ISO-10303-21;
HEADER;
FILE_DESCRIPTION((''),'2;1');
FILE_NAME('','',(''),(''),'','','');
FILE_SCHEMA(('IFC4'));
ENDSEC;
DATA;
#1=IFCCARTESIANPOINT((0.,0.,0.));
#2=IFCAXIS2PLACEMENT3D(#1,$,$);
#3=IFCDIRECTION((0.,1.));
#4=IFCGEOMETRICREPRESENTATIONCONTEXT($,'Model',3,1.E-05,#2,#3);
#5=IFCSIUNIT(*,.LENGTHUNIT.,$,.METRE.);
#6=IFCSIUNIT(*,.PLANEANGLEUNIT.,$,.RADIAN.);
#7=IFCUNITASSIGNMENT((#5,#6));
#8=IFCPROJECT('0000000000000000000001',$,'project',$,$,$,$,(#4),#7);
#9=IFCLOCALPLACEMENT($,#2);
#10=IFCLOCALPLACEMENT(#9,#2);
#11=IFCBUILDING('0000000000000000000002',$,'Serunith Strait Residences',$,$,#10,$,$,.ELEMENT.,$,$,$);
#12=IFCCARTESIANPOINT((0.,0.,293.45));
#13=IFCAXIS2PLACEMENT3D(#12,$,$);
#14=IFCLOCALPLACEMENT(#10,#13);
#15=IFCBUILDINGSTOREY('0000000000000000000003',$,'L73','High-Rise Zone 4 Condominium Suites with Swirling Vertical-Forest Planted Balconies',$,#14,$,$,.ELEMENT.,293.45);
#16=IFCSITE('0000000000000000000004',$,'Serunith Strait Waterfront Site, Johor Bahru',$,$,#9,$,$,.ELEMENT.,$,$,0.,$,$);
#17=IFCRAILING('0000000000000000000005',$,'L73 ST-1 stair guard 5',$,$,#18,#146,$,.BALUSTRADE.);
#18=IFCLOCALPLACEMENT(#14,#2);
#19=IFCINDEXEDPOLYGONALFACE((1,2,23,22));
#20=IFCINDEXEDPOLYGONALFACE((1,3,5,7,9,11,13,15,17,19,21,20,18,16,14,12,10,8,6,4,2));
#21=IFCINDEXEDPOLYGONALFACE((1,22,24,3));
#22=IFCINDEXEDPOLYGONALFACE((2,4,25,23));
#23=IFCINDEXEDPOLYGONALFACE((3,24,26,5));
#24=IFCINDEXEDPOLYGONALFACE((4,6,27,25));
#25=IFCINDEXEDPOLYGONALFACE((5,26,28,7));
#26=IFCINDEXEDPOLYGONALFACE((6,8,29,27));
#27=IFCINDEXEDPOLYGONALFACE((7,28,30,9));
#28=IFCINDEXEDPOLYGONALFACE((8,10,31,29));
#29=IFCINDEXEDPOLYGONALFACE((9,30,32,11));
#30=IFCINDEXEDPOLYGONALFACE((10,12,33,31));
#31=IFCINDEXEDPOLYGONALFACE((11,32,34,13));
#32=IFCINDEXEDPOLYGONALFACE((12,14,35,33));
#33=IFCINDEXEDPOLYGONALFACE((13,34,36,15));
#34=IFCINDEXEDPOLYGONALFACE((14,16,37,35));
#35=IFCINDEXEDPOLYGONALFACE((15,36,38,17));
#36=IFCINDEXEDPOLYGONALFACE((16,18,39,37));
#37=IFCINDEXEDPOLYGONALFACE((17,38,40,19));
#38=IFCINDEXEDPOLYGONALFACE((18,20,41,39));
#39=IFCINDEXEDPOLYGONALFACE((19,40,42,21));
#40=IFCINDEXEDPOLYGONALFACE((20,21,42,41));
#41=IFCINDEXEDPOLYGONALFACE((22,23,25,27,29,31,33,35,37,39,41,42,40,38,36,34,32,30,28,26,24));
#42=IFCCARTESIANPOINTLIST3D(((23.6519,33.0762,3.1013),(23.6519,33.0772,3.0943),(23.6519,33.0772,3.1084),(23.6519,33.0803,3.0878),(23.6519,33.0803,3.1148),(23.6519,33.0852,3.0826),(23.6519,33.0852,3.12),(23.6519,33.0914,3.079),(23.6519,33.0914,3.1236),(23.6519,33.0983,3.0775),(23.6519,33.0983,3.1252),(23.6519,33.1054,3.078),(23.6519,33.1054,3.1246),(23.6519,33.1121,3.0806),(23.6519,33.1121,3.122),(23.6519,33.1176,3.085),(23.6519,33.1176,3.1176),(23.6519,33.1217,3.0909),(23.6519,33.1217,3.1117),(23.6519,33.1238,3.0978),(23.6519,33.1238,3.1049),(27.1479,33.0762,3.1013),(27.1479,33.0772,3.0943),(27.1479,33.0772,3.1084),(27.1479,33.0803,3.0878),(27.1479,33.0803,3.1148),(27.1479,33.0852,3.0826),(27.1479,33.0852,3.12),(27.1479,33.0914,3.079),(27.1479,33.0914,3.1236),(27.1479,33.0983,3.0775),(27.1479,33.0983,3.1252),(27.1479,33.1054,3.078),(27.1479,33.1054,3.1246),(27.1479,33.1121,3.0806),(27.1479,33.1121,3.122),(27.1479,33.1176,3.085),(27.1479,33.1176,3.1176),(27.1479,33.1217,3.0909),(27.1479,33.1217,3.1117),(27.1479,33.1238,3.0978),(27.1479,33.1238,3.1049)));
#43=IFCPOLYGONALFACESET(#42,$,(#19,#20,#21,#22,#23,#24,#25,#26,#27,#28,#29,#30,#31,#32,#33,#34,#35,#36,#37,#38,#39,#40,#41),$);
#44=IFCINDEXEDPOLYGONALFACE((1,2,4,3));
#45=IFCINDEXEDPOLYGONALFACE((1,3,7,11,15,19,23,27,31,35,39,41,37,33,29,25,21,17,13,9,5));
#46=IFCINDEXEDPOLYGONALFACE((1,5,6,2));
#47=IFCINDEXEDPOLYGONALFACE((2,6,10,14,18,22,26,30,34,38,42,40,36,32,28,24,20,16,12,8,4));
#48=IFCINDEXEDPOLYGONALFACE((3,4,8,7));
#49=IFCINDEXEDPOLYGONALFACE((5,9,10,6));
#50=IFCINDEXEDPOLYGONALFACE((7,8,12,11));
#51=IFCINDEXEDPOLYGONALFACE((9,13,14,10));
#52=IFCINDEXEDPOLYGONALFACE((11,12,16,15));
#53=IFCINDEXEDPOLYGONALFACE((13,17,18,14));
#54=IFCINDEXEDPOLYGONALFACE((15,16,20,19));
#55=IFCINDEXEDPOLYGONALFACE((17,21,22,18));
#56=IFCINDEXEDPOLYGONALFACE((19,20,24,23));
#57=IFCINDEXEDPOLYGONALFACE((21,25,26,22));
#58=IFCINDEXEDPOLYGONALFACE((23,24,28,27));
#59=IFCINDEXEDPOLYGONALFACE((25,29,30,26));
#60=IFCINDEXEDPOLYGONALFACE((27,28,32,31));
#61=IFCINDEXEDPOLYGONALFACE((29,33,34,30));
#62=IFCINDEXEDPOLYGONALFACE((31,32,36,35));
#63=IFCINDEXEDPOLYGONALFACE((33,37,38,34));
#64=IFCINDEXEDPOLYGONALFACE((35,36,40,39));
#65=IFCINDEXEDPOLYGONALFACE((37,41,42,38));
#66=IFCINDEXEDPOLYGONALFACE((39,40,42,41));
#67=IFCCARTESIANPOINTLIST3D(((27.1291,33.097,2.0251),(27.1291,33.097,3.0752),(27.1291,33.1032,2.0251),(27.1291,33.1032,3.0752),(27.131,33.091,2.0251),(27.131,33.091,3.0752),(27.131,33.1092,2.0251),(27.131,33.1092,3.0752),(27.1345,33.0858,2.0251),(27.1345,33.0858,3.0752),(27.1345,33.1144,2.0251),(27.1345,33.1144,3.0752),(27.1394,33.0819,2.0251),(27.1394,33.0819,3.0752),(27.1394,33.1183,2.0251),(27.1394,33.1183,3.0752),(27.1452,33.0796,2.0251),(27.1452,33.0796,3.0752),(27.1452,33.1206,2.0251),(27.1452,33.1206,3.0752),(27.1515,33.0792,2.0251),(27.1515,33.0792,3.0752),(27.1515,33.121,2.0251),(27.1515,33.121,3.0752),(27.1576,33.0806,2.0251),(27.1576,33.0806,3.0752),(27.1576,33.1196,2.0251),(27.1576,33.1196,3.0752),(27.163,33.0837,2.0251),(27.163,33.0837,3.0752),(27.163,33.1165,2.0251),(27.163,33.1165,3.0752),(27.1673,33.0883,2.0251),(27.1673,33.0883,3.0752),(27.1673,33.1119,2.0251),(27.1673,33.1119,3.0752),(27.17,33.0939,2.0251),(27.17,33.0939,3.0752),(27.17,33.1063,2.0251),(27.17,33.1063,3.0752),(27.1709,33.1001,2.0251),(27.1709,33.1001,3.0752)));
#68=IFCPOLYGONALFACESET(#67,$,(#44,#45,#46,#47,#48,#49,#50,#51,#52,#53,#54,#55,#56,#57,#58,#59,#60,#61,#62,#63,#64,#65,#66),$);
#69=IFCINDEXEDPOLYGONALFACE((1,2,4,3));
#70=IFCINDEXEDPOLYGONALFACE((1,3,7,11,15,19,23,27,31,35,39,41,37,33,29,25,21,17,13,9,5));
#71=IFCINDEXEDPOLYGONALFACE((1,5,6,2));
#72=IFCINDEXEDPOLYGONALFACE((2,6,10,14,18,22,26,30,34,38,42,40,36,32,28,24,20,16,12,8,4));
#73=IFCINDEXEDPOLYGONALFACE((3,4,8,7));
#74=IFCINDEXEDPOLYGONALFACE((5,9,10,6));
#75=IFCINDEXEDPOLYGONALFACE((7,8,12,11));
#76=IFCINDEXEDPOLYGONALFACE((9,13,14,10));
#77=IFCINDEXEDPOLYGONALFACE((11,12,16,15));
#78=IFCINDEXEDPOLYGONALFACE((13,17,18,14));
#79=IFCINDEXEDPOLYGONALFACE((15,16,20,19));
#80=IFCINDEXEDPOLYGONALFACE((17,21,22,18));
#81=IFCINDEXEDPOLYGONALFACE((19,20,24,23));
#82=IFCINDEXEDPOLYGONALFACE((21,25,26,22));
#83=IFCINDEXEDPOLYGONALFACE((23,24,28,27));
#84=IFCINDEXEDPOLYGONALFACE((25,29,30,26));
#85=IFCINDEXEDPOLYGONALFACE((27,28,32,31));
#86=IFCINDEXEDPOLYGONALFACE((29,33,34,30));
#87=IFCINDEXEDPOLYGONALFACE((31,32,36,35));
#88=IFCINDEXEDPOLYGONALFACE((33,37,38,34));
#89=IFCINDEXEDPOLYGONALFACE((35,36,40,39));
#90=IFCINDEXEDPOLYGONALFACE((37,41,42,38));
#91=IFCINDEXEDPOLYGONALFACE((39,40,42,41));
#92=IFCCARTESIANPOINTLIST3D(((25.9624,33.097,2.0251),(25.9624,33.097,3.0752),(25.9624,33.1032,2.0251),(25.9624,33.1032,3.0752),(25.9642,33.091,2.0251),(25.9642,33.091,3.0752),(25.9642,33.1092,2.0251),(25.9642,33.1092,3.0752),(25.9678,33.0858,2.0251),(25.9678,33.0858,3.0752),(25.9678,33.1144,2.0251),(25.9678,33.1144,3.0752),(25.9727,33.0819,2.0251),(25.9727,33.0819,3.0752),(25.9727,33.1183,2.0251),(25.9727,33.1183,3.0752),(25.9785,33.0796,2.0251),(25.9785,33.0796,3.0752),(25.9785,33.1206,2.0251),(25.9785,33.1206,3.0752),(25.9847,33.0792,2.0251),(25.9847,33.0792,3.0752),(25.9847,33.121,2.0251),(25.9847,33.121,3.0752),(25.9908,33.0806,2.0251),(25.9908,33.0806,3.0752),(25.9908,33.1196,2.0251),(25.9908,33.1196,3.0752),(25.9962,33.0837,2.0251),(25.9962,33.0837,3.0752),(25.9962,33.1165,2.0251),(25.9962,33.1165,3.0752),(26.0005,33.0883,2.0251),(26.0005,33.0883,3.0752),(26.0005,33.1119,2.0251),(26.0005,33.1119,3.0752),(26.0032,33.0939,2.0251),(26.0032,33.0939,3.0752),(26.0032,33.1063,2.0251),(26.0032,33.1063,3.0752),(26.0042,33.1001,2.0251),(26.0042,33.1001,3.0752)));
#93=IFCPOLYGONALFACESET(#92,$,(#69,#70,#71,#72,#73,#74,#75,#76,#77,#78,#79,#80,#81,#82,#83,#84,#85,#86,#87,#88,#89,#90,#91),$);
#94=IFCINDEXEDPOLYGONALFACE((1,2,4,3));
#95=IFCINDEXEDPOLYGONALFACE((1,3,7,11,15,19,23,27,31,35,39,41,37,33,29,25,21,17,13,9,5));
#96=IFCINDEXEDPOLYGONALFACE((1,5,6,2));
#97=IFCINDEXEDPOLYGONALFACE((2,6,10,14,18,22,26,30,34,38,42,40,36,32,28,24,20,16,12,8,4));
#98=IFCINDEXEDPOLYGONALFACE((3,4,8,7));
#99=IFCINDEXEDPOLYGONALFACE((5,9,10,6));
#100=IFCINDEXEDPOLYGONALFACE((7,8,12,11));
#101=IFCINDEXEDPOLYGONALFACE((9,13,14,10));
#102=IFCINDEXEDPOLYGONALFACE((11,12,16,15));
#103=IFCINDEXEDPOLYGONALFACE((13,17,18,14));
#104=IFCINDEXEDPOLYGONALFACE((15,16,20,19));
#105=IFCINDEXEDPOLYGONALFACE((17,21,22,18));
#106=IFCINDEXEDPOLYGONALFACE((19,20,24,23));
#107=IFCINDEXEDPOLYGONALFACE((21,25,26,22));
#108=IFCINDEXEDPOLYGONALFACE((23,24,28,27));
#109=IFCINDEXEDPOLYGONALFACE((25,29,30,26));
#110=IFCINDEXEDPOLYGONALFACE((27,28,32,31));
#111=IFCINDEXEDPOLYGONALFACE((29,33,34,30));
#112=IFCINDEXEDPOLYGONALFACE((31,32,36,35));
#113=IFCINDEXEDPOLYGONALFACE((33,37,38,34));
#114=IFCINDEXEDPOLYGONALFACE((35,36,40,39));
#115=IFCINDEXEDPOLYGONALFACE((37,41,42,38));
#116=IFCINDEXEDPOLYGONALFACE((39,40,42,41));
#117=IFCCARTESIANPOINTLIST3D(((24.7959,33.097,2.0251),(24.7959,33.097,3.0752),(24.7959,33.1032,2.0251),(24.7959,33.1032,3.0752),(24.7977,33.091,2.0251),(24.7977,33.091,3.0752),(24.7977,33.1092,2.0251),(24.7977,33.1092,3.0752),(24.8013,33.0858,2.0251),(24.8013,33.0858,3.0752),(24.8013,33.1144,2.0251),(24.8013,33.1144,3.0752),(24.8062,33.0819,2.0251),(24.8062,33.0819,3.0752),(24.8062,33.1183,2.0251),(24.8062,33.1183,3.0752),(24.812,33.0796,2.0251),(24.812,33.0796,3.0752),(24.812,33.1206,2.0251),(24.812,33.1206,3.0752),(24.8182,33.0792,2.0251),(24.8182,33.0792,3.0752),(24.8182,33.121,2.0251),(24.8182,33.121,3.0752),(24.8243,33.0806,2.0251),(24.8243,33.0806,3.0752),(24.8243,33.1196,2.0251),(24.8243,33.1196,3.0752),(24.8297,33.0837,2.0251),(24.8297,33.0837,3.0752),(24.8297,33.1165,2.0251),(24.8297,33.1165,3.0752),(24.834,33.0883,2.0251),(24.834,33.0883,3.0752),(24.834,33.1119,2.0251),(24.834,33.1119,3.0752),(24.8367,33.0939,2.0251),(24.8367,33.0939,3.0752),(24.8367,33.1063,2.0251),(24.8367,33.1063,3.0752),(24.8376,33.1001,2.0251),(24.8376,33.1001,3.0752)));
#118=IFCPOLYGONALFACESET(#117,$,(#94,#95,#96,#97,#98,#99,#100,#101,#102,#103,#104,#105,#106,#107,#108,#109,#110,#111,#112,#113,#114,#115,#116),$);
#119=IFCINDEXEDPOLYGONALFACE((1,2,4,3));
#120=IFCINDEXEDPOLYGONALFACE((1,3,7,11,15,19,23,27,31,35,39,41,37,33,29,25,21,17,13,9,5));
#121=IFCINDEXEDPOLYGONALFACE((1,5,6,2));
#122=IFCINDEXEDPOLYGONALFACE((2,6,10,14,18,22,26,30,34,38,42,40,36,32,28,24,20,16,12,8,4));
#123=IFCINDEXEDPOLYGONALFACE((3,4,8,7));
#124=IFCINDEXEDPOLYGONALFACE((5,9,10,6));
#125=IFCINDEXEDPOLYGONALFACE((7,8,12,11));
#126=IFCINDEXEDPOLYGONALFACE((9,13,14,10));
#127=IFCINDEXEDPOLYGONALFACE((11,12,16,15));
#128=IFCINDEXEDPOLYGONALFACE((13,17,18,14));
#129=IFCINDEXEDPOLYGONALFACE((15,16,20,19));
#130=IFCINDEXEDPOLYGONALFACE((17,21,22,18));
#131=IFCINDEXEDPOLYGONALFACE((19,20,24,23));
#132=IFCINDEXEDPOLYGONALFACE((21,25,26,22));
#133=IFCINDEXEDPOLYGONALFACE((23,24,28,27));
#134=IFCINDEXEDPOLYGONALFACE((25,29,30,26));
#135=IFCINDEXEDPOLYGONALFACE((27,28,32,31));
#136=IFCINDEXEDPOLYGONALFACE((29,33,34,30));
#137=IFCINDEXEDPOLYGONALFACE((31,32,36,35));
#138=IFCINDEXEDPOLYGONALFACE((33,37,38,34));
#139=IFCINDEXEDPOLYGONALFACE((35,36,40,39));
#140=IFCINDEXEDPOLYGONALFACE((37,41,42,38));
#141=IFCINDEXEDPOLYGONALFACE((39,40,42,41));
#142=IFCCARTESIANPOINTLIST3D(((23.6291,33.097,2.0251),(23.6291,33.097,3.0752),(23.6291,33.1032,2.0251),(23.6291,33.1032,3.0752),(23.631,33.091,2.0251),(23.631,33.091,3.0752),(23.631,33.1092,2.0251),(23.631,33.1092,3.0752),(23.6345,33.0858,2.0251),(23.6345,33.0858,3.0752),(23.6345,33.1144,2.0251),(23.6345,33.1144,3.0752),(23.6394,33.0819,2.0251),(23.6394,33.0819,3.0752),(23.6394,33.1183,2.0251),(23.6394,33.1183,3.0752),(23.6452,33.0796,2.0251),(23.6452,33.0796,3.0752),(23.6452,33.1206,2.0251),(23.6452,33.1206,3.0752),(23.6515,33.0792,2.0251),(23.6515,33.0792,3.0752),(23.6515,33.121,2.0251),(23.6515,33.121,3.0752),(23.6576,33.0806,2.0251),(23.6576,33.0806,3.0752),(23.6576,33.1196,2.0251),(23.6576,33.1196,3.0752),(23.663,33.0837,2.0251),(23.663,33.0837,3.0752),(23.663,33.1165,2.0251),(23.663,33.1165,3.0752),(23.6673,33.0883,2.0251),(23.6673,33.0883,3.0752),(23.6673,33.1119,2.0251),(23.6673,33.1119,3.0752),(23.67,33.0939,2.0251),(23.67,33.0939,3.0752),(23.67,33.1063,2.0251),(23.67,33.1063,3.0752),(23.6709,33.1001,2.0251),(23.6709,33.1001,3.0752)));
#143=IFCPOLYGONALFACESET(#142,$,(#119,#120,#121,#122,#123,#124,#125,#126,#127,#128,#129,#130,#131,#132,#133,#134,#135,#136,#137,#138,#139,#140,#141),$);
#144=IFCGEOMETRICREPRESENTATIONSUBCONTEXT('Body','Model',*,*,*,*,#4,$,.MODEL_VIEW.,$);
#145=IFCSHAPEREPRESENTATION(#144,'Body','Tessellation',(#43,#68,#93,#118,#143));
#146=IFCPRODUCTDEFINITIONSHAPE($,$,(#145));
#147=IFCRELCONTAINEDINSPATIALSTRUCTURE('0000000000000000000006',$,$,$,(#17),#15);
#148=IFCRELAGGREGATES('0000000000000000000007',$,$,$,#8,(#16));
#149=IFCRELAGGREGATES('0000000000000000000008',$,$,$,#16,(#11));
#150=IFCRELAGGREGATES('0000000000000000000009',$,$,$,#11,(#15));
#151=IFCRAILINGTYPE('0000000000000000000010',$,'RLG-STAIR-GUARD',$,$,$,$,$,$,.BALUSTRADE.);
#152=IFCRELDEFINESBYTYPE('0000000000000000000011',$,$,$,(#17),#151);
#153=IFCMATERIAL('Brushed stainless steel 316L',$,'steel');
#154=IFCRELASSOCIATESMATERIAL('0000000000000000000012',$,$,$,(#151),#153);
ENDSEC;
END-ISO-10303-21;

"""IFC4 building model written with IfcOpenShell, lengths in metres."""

from ifc_helpers import new_model, si_unit, direction, frame, origin, origin_2d, place, context, subcontext, project, spatial, circle, extrude, material, type_object, element, save


model = new_model("IFC4")

# Units and contexts
model_context = context("Model", 3, precision=1e-05, world=origin(), true_north=direction((0.0, 1.0)))
body_context = subcontext(model_context, "Body", "Model", "MODEL_VIEW")
ifc_project = project(units=[si_unit("LENGTHUNIT", "METRE"), si_unit("PLANEANGLEUNIT", "RADIAN")], contexts=[model_context])

# Site, building, storey
site_placement = place(None, origin())
site = spatial("IfcSite", under=ifc_project, at=site_placement, Name="Serunith Strait Waterfront Site, Johor Bahru", CompositionType="ELEMENT", RefElevation=0.0)
building_placement = place(site_placement, origin())
building = spatial("IfcBuilding", under=site, at=building_placement, Name="Serunith Strait Residences", CompositionType="ELEMENT")
storey_placement = place(building_placement, frame((0.0, 0.0, 293.45)))
storey = spatial("IfcBuildingStorey", under=building, at=storey_placement, Name="L73", Description="High-Rise Zone 4 Condominium Suites with Swirling Vertical-Forest Planted Balconies", CompositionType="ELEMENT", Elevation=293.45)

# Railing
ifc_material_1 = material(Name="Brushed stainless steel 316L", Category="steel")
railing_type_1 = type_object("IfcRailingType", Name="RLG-STAIR-GUARD", PredefinedType="BALUSTRADE", material=ifc_material_1)
railing_1_placement = place(storey_placement, frame((27.1499, 33.1001, 2.0251)))
element("IfcRailing", 1, at=railing_1_placement, inside=storey, type_object=railing_type_1, Name="L73 ST-1 stair guard 5", PredefinedType="BALUSTRADE", context=body_context, shape_type="SweptSolid", body=[
    extrude(circle(Radius=0.0239, at=origin_2d()), frame((-0.002, 0.0, 1.0762), z_axis=(-1.0, 0.0, 0.0), x_axis=(0.0, -1.0, 0.0)), (0.0, 0.0, 1.0), 3.4961),
    extrude(circle(Radius=0.021, at=origin_2d()), origin(), (0.0, 0.0, 1.0), 1.05),
    extrude(circle(Radius=0.021, at=origin_2d()), frame((-1.1667, 0.0, 0.0)), (0.0, 0.0, 1.0), 1.05),
    extrude(circle(Radius=0.021, at=origin_2d()), frame((-2.3333, 0.0, 0.0)), (0.0, 0.0, 1.0), 1.05),
    extrude(circle(Radius=0.021, at=origin_2d()), frame((-3.5, 0.0, 0.0)), (0.0, 0.0, 1.0), 1.05),
])

save(model, "model.ifc")
